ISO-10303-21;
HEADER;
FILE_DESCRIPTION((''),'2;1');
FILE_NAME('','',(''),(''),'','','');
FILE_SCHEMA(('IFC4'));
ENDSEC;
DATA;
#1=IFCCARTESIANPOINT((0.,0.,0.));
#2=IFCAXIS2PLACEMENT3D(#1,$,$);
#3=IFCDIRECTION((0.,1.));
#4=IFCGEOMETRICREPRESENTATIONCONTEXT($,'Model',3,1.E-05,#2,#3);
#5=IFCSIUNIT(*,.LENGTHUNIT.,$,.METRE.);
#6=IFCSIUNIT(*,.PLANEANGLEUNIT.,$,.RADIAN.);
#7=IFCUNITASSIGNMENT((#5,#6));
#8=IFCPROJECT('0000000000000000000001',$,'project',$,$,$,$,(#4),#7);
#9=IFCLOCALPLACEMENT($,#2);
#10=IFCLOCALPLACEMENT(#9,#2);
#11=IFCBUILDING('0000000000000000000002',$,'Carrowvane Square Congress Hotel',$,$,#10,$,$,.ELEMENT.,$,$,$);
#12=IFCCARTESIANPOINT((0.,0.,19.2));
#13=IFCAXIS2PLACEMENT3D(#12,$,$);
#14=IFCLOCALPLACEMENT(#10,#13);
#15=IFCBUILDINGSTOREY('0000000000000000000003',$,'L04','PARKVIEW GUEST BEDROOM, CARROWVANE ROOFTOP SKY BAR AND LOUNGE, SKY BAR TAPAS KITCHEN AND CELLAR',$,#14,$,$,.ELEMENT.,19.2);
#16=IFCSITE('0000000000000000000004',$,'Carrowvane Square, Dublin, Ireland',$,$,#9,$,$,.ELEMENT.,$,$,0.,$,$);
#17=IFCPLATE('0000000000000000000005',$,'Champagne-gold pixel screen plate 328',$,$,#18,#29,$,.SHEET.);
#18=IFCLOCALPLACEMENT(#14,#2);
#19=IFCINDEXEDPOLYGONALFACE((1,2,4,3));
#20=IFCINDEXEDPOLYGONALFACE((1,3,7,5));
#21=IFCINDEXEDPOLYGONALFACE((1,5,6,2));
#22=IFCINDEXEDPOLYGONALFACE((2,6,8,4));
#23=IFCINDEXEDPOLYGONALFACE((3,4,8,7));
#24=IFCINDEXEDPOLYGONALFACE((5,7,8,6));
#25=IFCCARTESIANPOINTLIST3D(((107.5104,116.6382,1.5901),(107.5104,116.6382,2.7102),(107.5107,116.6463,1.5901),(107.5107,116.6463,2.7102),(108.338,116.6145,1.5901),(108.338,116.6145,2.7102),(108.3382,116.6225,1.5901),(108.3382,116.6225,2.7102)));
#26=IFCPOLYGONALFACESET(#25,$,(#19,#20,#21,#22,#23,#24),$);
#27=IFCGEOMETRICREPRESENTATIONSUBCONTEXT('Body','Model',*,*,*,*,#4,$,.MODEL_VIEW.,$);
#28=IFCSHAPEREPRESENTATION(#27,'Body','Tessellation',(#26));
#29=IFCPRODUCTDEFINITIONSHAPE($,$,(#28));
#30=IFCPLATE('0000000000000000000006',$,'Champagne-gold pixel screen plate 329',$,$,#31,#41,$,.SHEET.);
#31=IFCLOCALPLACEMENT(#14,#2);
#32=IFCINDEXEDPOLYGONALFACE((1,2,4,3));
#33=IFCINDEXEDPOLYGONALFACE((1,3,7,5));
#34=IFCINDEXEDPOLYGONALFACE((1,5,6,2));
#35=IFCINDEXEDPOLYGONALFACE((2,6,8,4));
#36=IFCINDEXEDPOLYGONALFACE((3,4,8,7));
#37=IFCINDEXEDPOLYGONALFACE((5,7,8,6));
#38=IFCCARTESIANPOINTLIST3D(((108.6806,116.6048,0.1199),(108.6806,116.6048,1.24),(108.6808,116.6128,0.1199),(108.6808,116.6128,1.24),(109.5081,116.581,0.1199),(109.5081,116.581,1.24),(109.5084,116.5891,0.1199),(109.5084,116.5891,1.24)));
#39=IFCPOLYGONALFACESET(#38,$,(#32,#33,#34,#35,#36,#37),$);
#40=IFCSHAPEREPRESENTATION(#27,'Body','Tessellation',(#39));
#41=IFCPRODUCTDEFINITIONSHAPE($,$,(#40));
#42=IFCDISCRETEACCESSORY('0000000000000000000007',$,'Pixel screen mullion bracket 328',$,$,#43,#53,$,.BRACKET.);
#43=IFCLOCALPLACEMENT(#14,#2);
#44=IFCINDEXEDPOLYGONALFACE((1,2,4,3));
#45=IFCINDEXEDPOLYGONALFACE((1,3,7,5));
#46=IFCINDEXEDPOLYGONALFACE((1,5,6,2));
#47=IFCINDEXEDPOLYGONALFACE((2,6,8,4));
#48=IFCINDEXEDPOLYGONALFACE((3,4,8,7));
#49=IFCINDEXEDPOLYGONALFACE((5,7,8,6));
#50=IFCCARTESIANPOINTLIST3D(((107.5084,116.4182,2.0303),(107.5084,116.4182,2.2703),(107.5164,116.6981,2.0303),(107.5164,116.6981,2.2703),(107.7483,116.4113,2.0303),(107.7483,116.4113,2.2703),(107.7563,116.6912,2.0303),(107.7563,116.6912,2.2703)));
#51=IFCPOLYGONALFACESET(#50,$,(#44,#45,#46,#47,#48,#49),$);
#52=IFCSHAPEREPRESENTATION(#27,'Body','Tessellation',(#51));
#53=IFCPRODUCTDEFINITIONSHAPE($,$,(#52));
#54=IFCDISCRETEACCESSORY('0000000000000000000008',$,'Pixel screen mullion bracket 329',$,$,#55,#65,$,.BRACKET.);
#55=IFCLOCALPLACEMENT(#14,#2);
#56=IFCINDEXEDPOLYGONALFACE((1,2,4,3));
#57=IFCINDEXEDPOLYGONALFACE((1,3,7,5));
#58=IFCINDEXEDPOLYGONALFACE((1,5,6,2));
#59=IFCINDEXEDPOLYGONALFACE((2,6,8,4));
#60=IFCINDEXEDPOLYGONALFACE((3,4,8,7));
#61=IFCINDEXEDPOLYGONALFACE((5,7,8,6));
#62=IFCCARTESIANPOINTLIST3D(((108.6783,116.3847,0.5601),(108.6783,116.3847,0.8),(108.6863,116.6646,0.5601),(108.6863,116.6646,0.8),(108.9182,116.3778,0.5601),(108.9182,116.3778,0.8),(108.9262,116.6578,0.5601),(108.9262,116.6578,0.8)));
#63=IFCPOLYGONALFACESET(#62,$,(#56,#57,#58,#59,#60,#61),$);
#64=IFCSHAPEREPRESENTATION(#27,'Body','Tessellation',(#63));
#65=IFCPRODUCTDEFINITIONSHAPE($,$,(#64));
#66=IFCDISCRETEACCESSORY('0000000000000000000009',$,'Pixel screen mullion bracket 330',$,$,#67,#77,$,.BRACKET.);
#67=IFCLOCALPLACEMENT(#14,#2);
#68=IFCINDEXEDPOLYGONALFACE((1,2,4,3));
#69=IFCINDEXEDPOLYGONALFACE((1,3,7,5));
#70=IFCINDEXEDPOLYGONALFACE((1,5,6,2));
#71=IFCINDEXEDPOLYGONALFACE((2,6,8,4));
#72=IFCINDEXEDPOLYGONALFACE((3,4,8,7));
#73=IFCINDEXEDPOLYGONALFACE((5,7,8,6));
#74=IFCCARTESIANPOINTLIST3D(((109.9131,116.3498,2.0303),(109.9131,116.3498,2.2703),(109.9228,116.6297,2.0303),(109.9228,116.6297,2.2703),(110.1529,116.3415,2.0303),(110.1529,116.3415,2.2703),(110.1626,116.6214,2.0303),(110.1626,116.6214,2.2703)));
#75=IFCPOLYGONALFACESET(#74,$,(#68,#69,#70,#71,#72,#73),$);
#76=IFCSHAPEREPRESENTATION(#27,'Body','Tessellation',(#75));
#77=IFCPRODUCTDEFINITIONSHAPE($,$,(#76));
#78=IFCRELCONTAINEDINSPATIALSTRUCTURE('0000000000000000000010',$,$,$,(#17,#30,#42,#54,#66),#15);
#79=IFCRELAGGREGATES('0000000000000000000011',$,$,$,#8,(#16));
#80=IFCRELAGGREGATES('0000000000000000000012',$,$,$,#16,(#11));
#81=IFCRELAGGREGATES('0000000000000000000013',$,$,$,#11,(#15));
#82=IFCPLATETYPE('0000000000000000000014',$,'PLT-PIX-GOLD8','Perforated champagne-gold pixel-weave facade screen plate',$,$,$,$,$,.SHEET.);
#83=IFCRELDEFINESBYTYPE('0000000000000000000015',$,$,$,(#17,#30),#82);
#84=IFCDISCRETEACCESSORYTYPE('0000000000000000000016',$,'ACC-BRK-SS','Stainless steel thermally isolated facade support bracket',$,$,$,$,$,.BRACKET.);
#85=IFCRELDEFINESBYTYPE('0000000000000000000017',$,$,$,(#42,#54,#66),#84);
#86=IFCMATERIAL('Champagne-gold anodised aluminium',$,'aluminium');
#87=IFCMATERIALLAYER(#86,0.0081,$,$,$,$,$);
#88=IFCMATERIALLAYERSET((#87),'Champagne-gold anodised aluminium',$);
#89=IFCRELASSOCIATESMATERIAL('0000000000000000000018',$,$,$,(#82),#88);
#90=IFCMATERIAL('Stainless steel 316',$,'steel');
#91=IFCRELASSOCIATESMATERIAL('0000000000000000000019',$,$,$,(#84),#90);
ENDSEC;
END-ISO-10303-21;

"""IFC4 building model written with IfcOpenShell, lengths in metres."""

from ifc_helpers import new_model, si_unit, direction, frame, origin, origin_2d, place, context, subcontext, project, spatial, rectangle, extrude, material, layer, layer_set, type_object, element, save


model = new_model("IFC4")

# Units and contexts
model_context = context("Model", 3, precision=1e-05, world=origin(), true_north=direction((0.0, 1.0)))
body_context = subcontext(model_context, "Body", "Model", "MODEL_VIEW")
ifc_project = project(units=[si_unit("LENGTHUNIT", "METRE"), si_unit("PLANEANGLEUNIT", "RADIAN")], contexts=[model_context])

# Site, building, storey
site_placement = place(None, origin())
site = spatial("IfcSite", under=ifc_project, at=site_placement, Name="Carrowvane Square, Dublin, Ireland", CompositionType="ELEMENT", RefElevation=0.0)
building_placement = place(site_placement, origin())
building = spatial("IfcBuilding", under=site, at=building_placement, Name="Carrowvane Square Congress Hotel", CompositionType="ELEMENT")
storey_placement = place(building_placement, frame((0.0, 0.0, 19.2)))
storey = spatial("IfcBuildingStorey", under=building, at=storey_placement, Name="L04", Description="PARKVIEW GUEST BEDROOM, CARROWVANE ROOFTOP SKY BAR AND LOUNGE, SKY BAR TAPAS KITCHEN AND CELLAR", CompositionType="ELEMENT", Elevation=19.2)

# Plates
ifc_material_1 = material(Name="Champagne-gold anodised aluminium", Category="aluminium")
ifc_layer_1 = layer(ifc_material_1, 0.0081)
ifc_layer_set_1 = layer_set([ifc_layer_1], Name="Champagne-gold anodised aluminium")
plate_type_1 = type_object("IfcPlateType", Name="PLT-PIX-GOLD8", Description="Perforated champagne-gold pixel-weave facade screen plate", PredefinedType="SHEET", material=ifc_layer_set_1)
for number, where, z_axis, x_axis, name in (
    (1, (107.9243, 116.6304, 1.5901), (0.0, 0.0, 1.0), (0.99959, -0.028639, 0.0), "Champagne-gold pixel screen plate 328"),
    (2, (109.0945, 116.5969, 0.1199), (0.0, 0.0, 1.0), (0.99959, -0.028639, 0.0), "Champagne-gold pixel screen plate 329"),
):
    element("IfcPlate", number, at=place(storey_placement, frame(where, z_axis=z_axis, x_axis=x_axis)), inside=storey, type_object=plate_type_1, Name=name, PredefinedType="SHEET", context=body_context, shape_type="SweptSolid", body=[
        extrude(rectangle(XDim=0.8279, YDim=0.0081, at=origin_2d()), origin(), (0.0, 0.0, 1.0), 1.1201),
    ])

# Discrete accessories
ifc_material_2 = material(Name="Stainless steel 316", Category="steel")
discrete_accessory_type = type_object("IfcDiscreteAccessoryType", Name="ACC-BRK-SS", Description="Stainless steel thermally isolated facade support bracket", PredefinedType="BRACKET", material=ifc_material_2)
for number, where, z_axis, x_axis, name in (
    (3, (107.6323, 116.5547, 2.0303), (0.0, 0.0, 1.0), (0.99959, -0.028639, 0.0), "Pixel screen mullion bracket 328"),
    (4, (108.8022, 116.5212, 0.5601), (0.0, 0.0, 1.0), (0.99959, -0.028639, 0.0), "Pixel screen mullion bracket 329"),
    (5, (110.0378, 116.4856, 2.0303), (0.0, 0.0, 1.0), (0.999404, -0.034527, 0.0), "Pixel screen mullion bracket 330"),
):
    element("IfcDiscreteAccessory", number, at=place(storey_placement, frame(where, z_axis=z_axis, x_axis=x_axis)), inside=storey, type_object=discrete_accessory_type, Name=name, PredefinedType="BRACKET", context=body_context, shape_type="SweptSolid", body=[
        extrude(rectangle(XDim=0.24, YDim=0.28, at=origin_2d()), origin(), (0.0, 0.0, 1.0), 0.24),
    ])

save(model, "model.ifc")
